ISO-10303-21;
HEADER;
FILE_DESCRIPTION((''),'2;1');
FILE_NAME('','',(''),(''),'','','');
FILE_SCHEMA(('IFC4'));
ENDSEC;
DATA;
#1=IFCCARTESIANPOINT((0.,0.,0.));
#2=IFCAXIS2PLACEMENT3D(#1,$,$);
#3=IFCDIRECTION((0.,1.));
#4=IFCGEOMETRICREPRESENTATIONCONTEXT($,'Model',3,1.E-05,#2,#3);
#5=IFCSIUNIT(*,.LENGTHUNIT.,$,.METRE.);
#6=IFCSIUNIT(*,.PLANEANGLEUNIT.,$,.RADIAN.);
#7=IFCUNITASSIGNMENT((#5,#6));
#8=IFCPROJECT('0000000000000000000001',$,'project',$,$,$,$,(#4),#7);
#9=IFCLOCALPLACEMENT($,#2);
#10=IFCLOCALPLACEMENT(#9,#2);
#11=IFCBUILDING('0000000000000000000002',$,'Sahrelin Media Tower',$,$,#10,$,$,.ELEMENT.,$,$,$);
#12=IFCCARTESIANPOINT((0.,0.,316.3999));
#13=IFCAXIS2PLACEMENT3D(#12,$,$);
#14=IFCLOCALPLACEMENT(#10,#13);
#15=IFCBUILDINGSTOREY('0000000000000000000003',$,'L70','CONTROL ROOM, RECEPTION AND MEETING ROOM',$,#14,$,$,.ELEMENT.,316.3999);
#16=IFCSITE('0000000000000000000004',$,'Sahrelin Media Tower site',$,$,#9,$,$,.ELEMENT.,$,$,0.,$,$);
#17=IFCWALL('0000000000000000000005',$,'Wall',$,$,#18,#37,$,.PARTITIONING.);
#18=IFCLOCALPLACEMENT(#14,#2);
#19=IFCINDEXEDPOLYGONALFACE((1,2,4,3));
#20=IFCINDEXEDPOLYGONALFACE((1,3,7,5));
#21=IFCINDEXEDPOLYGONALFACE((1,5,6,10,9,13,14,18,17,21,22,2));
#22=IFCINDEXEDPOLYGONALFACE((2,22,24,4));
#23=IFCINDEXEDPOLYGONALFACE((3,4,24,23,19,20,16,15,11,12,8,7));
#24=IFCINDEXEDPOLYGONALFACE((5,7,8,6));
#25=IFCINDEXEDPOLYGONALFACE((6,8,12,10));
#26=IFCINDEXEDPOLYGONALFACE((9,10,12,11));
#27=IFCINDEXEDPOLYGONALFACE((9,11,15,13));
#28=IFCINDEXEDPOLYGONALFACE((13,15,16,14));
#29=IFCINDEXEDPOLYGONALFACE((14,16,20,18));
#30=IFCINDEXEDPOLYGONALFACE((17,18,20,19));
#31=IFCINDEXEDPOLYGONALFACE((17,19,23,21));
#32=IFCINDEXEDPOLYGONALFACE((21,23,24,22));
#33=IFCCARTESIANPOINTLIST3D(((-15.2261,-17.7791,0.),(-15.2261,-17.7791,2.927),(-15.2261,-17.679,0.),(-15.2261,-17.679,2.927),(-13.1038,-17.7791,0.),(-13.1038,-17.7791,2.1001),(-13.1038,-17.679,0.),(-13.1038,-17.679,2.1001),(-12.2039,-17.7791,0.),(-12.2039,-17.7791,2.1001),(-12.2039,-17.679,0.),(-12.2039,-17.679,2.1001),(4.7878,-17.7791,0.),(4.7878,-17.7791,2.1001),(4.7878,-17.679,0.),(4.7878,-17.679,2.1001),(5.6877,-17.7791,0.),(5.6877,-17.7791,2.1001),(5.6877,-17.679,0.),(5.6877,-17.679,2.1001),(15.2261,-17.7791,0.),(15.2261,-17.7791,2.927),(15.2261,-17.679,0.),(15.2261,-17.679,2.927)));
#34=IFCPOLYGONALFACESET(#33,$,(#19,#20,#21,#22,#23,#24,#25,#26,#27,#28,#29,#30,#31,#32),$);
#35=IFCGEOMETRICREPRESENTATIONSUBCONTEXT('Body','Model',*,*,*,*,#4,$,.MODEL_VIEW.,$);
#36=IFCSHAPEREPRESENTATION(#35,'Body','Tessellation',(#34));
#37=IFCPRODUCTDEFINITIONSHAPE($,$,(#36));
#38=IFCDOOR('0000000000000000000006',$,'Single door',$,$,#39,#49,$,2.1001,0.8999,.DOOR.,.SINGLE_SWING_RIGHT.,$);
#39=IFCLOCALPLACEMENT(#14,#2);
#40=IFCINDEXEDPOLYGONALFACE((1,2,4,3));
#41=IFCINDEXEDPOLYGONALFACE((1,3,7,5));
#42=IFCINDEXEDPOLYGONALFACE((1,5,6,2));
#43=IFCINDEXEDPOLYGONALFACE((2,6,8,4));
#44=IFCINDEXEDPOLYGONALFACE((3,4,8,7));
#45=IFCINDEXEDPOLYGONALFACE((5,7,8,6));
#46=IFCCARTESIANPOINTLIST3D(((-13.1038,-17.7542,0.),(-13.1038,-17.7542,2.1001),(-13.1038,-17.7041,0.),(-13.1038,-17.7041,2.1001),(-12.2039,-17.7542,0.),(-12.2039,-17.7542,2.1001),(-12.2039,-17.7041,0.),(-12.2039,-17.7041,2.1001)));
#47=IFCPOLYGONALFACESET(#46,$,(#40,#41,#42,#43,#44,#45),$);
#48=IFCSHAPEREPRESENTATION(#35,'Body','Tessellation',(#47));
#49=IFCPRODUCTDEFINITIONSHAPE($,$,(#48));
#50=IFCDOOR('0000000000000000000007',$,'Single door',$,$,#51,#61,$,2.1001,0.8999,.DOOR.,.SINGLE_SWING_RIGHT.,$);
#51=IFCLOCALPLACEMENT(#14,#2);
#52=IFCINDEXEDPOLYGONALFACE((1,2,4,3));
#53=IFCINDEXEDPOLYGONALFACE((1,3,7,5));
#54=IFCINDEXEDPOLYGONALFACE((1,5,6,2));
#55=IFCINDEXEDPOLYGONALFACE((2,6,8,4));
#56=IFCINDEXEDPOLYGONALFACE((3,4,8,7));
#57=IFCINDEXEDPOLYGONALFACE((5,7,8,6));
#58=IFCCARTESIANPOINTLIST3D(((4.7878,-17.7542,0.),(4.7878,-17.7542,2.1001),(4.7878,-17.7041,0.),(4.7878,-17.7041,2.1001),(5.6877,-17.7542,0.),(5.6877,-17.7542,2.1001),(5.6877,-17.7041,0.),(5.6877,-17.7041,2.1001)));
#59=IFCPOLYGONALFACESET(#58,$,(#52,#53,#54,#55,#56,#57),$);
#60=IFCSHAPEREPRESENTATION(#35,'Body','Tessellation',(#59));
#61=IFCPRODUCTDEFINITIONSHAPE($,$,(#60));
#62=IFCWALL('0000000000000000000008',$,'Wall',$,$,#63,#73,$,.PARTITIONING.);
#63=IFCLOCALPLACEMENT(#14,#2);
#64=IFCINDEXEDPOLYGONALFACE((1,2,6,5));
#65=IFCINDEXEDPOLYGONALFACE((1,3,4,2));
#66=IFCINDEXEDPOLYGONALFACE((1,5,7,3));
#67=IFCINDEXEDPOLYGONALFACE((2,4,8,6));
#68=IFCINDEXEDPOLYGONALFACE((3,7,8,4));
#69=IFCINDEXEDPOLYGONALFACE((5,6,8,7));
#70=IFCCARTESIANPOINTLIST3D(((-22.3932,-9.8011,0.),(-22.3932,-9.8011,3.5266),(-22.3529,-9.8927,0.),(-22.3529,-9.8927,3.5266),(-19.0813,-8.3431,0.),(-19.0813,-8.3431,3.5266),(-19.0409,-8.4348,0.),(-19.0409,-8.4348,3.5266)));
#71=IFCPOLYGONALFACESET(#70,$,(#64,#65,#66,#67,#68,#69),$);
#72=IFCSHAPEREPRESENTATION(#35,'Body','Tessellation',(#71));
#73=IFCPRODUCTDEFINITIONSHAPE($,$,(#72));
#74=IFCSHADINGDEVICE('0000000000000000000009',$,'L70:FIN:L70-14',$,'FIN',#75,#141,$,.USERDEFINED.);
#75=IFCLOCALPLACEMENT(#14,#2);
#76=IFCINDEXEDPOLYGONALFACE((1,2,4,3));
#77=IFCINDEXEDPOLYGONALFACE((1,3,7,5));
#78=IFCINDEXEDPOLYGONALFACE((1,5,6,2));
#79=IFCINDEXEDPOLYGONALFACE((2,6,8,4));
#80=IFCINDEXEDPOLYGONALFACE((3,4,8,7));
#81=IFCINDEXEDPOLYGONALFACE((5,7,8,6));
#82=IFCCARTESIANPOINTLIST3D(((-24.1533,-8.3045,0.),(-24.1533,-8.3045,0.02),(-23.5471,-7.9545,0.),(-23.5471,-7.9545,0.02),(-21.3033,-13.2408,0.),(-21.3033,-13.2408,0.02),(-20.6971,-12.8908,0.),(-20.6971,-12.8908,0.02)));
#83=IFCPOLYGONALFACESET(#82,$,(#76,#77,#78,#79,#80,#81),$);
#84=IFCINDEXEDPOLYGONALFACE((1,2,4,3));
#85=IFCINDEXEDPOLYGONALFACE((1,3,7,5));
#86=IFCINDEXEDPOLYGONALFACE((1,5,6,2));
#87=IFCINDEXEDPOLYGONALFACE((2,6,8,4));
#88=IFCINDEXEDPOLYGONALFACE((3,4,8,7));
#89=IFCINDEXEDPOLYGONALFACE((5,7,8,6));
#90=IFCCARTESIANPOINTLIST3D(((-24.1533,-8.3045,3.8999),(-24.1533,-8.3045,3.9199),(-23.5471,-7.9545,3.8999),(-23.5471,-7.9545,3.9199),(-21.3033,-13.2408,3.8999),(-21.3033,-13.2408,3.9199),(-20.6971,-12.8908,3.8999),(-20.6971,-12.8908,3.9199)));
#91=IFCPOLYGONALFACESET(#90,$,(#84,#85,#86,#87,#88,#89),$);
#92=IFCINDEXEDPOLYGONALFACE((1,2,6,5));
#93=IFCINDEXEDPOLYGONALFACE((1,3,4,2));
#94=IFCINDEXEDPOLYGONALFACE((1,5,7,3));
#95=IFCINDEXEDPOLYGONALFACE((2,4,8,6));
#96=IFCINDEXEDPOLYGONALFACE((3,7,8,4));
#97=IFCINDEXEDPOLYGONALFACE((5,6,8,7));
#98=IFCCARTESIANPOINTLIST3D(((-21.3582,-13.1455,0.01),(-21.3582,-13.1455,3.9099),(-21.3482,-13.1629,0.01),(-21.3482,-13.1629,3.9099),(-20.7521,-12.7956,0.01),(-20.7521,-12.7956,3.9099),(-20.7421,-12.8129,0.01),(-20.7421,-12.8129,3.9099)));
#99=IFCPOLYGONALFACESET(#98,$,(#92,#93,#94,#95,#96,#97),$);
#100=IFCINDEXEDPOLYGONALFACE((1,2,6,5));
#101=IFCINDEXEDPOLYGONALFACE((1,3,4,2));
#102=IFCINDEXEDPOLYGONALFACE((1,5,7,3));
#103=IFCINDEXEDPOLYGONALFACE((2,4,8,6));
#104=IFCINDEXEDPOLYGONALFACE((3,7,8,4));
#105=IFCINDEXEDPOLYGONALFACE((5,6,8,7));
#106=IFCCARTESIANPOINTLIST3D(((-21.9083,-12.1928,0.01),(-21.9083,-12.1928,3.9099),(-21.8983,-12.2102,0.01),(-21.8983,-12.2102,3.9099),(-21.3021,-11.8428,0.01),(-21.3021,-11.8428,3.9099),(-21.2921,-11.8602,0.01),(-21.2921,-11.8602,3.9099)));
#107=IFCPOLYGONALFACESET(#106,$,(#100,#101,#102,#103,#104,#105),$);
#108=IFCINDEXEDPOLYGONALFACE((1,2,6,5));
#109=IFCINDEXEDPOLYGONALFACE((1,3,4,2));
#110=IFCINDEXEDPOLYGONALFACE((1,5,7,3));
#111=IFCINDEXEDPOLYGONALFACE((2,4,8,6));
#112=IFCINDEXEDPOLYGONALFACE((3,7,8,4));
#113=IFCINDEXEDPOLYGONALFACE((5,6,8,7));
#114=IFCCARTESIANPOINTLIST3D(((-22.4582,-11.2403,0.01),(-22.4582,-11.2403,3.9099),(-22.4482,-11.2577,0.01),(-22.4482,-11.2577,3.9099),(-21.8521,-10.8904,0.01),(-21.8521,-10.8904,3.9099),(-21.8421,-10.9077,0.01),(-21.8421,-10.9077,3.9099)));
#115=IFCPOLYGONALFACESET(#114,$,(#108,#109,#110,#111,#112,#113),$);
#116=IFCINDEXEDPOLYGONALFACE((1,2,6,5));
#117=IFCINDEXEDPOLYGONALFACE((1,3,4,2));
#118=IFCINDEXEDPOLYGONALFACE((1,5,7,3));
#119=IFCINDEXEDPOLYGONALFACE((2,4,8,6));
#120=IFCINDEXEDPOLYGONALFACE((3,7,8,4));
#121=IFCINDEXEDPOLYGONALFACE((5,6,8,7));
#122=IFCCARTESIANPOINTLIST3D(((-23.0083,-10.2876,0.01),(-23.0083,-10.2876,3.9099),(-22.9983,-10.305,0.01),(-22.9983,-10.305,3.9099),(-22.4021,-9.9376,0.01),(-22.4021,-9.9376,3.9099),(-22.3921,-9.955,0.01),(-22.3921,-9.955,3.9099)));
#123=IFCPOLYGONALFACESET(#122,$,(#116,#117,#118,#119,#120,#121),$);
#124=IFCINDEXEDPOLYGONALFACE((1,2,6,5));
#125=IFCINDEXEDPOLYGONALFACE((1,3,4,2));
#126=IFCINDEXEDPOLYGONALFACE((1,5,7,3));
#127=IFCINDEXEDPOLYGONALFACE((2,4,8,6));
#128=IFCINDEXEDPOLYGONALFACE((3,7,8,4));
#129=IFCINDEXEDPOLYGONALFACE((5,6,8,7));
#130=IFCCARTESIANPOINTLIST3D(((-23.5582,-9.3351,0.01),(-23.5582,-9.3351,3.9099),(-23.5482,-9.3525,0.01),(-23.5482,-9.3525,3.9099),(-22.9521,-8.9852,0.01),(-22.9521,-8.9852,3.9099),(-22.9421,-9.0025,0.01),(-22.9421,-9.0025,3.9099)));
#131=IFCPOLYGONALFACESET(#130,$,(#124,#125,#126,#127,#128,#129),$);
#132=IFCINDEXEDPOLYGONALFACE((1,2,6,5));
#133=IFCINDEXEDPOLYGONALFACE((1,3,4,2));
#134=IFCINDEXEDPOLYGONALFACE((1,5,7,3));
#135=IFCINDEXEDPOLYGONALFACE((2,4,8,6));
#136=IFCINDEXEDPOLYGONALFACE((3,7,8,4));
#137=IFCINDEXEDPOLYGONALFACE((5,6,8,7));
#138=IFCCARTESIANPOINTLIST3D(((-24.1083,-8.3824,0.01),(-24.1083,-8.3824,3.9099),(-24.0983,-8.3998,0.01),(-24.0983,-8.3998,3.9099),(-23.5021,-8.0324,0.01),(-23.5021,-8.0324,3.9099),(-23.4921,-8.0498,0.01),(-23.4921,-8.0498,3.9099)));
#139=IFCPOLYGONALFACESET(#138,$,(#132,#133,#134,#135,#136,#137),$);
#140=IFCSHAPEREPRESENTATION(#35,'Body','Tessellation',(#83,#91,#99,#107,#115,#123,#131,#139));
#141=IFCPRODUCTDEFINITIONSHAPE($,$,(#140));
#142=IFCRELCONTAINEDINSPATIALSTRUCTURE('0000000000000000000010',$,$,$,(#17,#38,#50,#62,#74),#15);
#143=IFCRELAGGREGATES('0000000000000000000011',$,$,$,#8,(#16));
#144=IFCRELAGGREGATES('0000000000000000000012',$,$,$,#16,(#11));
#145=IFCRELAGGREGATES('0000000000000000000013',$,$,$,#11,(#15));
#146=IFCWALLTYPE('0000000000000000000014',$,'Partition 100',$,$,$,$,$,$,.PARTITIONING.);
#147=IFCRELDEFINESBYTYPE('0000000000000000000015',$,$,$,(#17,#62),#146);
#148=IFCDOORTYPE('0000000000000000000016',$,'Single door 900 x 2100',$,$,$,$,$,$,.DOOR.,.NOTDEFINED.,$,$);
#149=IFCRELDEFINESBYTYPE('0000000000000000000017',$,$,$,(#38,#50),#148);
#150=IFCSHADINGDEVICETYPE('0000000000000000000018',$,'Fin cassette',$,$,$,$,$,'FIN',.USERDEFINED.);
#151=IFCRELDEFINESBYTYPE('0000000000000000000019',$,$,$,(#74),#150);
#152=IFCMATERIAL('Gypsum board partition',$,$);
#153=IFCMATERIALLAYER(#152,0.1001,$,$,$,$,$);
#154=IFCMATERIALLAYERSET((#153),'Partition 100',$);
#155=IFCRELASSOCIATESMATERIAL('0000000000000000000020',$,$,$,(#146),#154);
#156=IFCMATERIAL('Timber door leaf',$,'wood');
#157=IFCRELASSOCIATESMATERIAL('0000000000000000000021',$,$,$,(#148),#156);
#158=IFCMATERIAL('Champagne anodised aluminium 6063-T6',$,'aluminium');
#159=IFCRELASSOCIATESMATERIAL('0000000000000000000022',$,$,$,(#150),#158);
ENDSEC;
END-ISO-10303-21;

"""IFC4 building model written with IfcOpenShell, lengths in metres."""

from ifc_helpers import new_model, si_unit, direction, frame, frame_2d, origin, origin_2d, place, context, subcontext, project, spatial, rectangle, extrude, material, layer, layer_set, type_object, element, fill, save


model = new_model("IFC4")

# Units and contexts
model_context = context("Model", 3, precision=1e-05, world=origin(), true_north=direction((0.0, 1.0)))
body_context = subcontext(model_context, "Body", "Model", "MODEL_VIEW")
ifc_project = project(units=[si_unit("LENGTHUNIT", "METRE"), si_unit("PLANEANGLEUNIT", "RADIAN")], contexts=[model_context])

# Site, building, storey
site_placement = place(None, origin())
site = spatial("IfcSite", under=ifc_project, at=site_placement, Name="Sahrelin Media Tower site", CompositionType="ELEMENT", RefElevation=0.0)
building_placement = place(site_placement, origin())
building = spatial("IfcBuilding", under=site, at=building_placement, Name="Sahrelin Media Tower", CompositionType="ELEMENT")
storey_placement = place(building_placement, frame((0.0, 0.0, 316.3999)))
storey = spatial("IfcBuildingStorey", under=building, at=storey_placement, Name="L70", Description="CONTROL ROOM, RECEPTION AND MEETING ROOM", CompositionType="ELEMENT", Elevation=316.3999)

# Shared definitions
ifc_material_1 = material(Name="Champagne anodised aluminium 6063-T6", Category="aluminium")

# Shared definitions
ifc_material_2 = material(Name="Gypsum board partition")
ifc_layer_1 = layer(ifc_material_2, 0.1001)
ifc_layer_set_1 = layer_set([ifc_layer_1], Name="Partition 100")
wall_type = type_object("IfcWallType", Name="Partition 100", PredefinedType="PARTITIONING", material=ifc_layer_set_1)

# Wall, openings, doors
wall_1_placement = place(storey_placement, frame((-15.2261, -17.729, 0.0), z_axis=(0.0, 0.0, 1.0), x_axis=(1.0, 0.0, 0.0)))
wall_1 = element("IfcWall", 1, at=wall_1_placement, inside=storey, type_object=wall_type, Name="Wall", PredefinedType="PARTITIONING", context=body_context, shape_type="SweptSolid", body=[
    extrude(rectangle(XDim=30.4521, YDim=0.1001, at=frame_2d((15.2261, 0.0))), origin(), (0.0, 0.0, 1.0), 2.927),
])
opening_1_placement = place(wall_1_placement, frame((2.1223, 0.0, 0.0)))
opening_1 = element("IfcOpeningElement", 2, at=opening_1_placement, cuts=wall_1, PredefinedType="OPENING", context=body_context, shape_type="SweptSolid", body=[
    extrude(rectangle(XDim=0.8999, YDim=2.1001, at=frame_2d((0.45, 1.05))), frame((0.0, 0.05, 0.0), z_axis=(0.0, -1.0, 0.0), x_axis=(1.0, 0.0, 0.0)), (0.0, 0.0, 1.0), 0.1001),
])
opening_2_placement = place(wall_1_placement, frame((20.0139, 0.0, 0.0)))
opening_2 = element("IfcOpeningElement", 3, at=opening_2_placement, cuts=wall_1, PredefinedType="OPENING", context=body_context, shape_type="SweptSolid", body=[
    extrude(rectangle(XDim=0.8999, YDim=2.1001, at=frame_2d((0.45, 1.05))), frame((0.0, 0.05, 0.0), z_axis=(0.0, -1.0, 0.0), x_axis=(1.0, 0.0, 0.0)), (0.0, 0.0, 1.0), 0.1001),
])
ifc_material_3 = material(Name="Timber door leaf", Category="wood")
door_type = type_object("IfcDoorType", Name="Single door 900 x 2100", OperationType="NOTDEFINED", PredefinedType="DOOR", material=ifc_material_3)
door_1_placement = place(opening_1_placement, origin())
door_1 = element("IfcDoor", 4, at=door_1_placement, inside=storey, type_object=door_type, Name="Single door", OperationType="SINGLE_SWING_RIGHT", OverallHeight=2.1001, OverallWidth=0.8999, PredefinedType="DOOR", context=body_context, shape_type="SweptSolid", body=[
    extrude(rectangle(XDim=0.8999, YDim=2.1001, at=frame_2d((0.45, 1.05))), frame((0.0, 0.0249, 0.0), z_axis=(0.0, -1.0, 0.0), x_axis=(1.0, 0.0, 0.0)), (0.0, 0.0, 1.0), 0.05),
])
fill(opening_1, door_1)
door_2_placement = place(opening_2_placement, origin())
door_2 = element("IfcDoor", 5, at=door_2_placement, inside=storey, type_object=door_type, Name="Single door", OperationType="SINGLE_SWING_RIGHT", OverallHeight=2.1001, OverallWidth=0.8999, PredefinedType="DOOR", context=body_context, shape_type="SweptSolid", body=[
    extrude(rectangle(XDim=0.8999, YDim=2.1001, at=frame_2d((0.45, 1.05))), frame((0.0, 0.0249, 0.0), z_axis=(0.0, -1.0, 0.0), x_axis=(1.0, 0.0, 0.0)), (0.0, 0.0, 1.0), 0.05),
])
fill(opening_2, door_2)

# Wall
wall_2_placement = place(storey_placement, frame((-22.373, -9.8469, 0.0), z_axis=(0.0, 0.0, 1.0), x_axis=(0.915241, 0.402906, 0.0)))
element("IfcWall", 6, at=wall_2_placement, inside=storey, type_object=wall_type, Name="Wall", PredefinedType="PARTITIONING", context=body_context, shape_type="SweptSolid", body=[
    extrude(rectangle(XDim=3.6187, YDim=0.1001, at=frame_2d((1.8093, 0.0))), origin(), (0.0, 0.0, 1.0), 3.5266),
])

# Shading device
shading_device_type_1 = type_object("IfcShadingDeviceType", Name="Fin cassette", ElementType="FIN", PredefinedType="USERDEFINED", material=ifc_material_1)
placement_1 = place(storey_placement, frame((-22.0615, -10.3877, 0.0), z_axis=(0.0, 0.0, 1.0), x_axis=(-0.500011, 0.866019, 0.0)))
element("IfcShadingDevice", 7, at=placement_1, inside=storey, type_object=shading_device_type_1, Name="L70:FIN:L70-14", ObjectType="FIN", PredefinedType="USERDEFINED", context=body_context, shape_type="SweptSolid", body=[
    extrude(rectangle(XDim=5.7, YDim=0.7, at=origin_2d()), frame((0.0, 0.4199, 0.0)), (0.0, 0.0, 1.0), 0.02),
    extrude(rectangle(XDim=5.7, YDim=0.7, at=origin_2d()), frame((0.0, 0.4199, 3.8999)), (0.0, 0.0, 1.0), 0.02),
    extrude(rectangle(XDim=0.02, YDim=0.7, at=origin_2d()), frame((-2.75, 0.4199, 0.01), z_axis=(0.0, 0.0, 1.0), x_axis=(1.0, 0.0, 0.0)), (0.0, 0.0, 1.0), 3.8999),
    extrude(rectangle(XDim=0.02, YDim=0.7, at=origin_2d()), frame((-1.6499, 0.4199, 0.01), z_axis=(0.0, 0.0, 1.0), x_axis=(1.0, 0.0, 0.0)), (0.0, 0.0, 1.0), 3.8999),
    extrude(rectangle(XDim=0.02, YDim=0.7, at=origin_2d()), frame((-0.55, 0.4199, 0.01), z_axis=(0.0, 0.0, 1.0), x_axis=(1.0, 0.0, 0.0)), (0.0, 0.0, 1.0), 3.8999),
    extrude(rectangle(XDim=0.02, YDim=0.7, at=origin_2d()), frame((0.55, 0.4199, 0.01), z_axis=(0.0, 0.0, 1.0), x_axis=(1.0, 0.0, 0.0)), (0.0, 0.0, 1.0), 3.8999),
    extrude(rectangle(XDim=0.02, YDim=0.7, at=origin_2d()), frame((1.6499, 0.4199, 0.01), z_axis=(0.0, 0.0, 1.0), x_axis=(1.0, 0.0, 0.0)), (0.0, 0.0, 1.0), 3.8999),
    extrude(rectangle(XDim=0.02, YDim=0.7, at=origin_2d()), frame((2.75, 0.4199, 0.01), z_axis=(0.0, 0.0, 1.0), x_axis=(1.0, 0.0, 0.0)), (0.0, 0.0, 1.0), 3.8999),
])

save(model, "model.ifc")
